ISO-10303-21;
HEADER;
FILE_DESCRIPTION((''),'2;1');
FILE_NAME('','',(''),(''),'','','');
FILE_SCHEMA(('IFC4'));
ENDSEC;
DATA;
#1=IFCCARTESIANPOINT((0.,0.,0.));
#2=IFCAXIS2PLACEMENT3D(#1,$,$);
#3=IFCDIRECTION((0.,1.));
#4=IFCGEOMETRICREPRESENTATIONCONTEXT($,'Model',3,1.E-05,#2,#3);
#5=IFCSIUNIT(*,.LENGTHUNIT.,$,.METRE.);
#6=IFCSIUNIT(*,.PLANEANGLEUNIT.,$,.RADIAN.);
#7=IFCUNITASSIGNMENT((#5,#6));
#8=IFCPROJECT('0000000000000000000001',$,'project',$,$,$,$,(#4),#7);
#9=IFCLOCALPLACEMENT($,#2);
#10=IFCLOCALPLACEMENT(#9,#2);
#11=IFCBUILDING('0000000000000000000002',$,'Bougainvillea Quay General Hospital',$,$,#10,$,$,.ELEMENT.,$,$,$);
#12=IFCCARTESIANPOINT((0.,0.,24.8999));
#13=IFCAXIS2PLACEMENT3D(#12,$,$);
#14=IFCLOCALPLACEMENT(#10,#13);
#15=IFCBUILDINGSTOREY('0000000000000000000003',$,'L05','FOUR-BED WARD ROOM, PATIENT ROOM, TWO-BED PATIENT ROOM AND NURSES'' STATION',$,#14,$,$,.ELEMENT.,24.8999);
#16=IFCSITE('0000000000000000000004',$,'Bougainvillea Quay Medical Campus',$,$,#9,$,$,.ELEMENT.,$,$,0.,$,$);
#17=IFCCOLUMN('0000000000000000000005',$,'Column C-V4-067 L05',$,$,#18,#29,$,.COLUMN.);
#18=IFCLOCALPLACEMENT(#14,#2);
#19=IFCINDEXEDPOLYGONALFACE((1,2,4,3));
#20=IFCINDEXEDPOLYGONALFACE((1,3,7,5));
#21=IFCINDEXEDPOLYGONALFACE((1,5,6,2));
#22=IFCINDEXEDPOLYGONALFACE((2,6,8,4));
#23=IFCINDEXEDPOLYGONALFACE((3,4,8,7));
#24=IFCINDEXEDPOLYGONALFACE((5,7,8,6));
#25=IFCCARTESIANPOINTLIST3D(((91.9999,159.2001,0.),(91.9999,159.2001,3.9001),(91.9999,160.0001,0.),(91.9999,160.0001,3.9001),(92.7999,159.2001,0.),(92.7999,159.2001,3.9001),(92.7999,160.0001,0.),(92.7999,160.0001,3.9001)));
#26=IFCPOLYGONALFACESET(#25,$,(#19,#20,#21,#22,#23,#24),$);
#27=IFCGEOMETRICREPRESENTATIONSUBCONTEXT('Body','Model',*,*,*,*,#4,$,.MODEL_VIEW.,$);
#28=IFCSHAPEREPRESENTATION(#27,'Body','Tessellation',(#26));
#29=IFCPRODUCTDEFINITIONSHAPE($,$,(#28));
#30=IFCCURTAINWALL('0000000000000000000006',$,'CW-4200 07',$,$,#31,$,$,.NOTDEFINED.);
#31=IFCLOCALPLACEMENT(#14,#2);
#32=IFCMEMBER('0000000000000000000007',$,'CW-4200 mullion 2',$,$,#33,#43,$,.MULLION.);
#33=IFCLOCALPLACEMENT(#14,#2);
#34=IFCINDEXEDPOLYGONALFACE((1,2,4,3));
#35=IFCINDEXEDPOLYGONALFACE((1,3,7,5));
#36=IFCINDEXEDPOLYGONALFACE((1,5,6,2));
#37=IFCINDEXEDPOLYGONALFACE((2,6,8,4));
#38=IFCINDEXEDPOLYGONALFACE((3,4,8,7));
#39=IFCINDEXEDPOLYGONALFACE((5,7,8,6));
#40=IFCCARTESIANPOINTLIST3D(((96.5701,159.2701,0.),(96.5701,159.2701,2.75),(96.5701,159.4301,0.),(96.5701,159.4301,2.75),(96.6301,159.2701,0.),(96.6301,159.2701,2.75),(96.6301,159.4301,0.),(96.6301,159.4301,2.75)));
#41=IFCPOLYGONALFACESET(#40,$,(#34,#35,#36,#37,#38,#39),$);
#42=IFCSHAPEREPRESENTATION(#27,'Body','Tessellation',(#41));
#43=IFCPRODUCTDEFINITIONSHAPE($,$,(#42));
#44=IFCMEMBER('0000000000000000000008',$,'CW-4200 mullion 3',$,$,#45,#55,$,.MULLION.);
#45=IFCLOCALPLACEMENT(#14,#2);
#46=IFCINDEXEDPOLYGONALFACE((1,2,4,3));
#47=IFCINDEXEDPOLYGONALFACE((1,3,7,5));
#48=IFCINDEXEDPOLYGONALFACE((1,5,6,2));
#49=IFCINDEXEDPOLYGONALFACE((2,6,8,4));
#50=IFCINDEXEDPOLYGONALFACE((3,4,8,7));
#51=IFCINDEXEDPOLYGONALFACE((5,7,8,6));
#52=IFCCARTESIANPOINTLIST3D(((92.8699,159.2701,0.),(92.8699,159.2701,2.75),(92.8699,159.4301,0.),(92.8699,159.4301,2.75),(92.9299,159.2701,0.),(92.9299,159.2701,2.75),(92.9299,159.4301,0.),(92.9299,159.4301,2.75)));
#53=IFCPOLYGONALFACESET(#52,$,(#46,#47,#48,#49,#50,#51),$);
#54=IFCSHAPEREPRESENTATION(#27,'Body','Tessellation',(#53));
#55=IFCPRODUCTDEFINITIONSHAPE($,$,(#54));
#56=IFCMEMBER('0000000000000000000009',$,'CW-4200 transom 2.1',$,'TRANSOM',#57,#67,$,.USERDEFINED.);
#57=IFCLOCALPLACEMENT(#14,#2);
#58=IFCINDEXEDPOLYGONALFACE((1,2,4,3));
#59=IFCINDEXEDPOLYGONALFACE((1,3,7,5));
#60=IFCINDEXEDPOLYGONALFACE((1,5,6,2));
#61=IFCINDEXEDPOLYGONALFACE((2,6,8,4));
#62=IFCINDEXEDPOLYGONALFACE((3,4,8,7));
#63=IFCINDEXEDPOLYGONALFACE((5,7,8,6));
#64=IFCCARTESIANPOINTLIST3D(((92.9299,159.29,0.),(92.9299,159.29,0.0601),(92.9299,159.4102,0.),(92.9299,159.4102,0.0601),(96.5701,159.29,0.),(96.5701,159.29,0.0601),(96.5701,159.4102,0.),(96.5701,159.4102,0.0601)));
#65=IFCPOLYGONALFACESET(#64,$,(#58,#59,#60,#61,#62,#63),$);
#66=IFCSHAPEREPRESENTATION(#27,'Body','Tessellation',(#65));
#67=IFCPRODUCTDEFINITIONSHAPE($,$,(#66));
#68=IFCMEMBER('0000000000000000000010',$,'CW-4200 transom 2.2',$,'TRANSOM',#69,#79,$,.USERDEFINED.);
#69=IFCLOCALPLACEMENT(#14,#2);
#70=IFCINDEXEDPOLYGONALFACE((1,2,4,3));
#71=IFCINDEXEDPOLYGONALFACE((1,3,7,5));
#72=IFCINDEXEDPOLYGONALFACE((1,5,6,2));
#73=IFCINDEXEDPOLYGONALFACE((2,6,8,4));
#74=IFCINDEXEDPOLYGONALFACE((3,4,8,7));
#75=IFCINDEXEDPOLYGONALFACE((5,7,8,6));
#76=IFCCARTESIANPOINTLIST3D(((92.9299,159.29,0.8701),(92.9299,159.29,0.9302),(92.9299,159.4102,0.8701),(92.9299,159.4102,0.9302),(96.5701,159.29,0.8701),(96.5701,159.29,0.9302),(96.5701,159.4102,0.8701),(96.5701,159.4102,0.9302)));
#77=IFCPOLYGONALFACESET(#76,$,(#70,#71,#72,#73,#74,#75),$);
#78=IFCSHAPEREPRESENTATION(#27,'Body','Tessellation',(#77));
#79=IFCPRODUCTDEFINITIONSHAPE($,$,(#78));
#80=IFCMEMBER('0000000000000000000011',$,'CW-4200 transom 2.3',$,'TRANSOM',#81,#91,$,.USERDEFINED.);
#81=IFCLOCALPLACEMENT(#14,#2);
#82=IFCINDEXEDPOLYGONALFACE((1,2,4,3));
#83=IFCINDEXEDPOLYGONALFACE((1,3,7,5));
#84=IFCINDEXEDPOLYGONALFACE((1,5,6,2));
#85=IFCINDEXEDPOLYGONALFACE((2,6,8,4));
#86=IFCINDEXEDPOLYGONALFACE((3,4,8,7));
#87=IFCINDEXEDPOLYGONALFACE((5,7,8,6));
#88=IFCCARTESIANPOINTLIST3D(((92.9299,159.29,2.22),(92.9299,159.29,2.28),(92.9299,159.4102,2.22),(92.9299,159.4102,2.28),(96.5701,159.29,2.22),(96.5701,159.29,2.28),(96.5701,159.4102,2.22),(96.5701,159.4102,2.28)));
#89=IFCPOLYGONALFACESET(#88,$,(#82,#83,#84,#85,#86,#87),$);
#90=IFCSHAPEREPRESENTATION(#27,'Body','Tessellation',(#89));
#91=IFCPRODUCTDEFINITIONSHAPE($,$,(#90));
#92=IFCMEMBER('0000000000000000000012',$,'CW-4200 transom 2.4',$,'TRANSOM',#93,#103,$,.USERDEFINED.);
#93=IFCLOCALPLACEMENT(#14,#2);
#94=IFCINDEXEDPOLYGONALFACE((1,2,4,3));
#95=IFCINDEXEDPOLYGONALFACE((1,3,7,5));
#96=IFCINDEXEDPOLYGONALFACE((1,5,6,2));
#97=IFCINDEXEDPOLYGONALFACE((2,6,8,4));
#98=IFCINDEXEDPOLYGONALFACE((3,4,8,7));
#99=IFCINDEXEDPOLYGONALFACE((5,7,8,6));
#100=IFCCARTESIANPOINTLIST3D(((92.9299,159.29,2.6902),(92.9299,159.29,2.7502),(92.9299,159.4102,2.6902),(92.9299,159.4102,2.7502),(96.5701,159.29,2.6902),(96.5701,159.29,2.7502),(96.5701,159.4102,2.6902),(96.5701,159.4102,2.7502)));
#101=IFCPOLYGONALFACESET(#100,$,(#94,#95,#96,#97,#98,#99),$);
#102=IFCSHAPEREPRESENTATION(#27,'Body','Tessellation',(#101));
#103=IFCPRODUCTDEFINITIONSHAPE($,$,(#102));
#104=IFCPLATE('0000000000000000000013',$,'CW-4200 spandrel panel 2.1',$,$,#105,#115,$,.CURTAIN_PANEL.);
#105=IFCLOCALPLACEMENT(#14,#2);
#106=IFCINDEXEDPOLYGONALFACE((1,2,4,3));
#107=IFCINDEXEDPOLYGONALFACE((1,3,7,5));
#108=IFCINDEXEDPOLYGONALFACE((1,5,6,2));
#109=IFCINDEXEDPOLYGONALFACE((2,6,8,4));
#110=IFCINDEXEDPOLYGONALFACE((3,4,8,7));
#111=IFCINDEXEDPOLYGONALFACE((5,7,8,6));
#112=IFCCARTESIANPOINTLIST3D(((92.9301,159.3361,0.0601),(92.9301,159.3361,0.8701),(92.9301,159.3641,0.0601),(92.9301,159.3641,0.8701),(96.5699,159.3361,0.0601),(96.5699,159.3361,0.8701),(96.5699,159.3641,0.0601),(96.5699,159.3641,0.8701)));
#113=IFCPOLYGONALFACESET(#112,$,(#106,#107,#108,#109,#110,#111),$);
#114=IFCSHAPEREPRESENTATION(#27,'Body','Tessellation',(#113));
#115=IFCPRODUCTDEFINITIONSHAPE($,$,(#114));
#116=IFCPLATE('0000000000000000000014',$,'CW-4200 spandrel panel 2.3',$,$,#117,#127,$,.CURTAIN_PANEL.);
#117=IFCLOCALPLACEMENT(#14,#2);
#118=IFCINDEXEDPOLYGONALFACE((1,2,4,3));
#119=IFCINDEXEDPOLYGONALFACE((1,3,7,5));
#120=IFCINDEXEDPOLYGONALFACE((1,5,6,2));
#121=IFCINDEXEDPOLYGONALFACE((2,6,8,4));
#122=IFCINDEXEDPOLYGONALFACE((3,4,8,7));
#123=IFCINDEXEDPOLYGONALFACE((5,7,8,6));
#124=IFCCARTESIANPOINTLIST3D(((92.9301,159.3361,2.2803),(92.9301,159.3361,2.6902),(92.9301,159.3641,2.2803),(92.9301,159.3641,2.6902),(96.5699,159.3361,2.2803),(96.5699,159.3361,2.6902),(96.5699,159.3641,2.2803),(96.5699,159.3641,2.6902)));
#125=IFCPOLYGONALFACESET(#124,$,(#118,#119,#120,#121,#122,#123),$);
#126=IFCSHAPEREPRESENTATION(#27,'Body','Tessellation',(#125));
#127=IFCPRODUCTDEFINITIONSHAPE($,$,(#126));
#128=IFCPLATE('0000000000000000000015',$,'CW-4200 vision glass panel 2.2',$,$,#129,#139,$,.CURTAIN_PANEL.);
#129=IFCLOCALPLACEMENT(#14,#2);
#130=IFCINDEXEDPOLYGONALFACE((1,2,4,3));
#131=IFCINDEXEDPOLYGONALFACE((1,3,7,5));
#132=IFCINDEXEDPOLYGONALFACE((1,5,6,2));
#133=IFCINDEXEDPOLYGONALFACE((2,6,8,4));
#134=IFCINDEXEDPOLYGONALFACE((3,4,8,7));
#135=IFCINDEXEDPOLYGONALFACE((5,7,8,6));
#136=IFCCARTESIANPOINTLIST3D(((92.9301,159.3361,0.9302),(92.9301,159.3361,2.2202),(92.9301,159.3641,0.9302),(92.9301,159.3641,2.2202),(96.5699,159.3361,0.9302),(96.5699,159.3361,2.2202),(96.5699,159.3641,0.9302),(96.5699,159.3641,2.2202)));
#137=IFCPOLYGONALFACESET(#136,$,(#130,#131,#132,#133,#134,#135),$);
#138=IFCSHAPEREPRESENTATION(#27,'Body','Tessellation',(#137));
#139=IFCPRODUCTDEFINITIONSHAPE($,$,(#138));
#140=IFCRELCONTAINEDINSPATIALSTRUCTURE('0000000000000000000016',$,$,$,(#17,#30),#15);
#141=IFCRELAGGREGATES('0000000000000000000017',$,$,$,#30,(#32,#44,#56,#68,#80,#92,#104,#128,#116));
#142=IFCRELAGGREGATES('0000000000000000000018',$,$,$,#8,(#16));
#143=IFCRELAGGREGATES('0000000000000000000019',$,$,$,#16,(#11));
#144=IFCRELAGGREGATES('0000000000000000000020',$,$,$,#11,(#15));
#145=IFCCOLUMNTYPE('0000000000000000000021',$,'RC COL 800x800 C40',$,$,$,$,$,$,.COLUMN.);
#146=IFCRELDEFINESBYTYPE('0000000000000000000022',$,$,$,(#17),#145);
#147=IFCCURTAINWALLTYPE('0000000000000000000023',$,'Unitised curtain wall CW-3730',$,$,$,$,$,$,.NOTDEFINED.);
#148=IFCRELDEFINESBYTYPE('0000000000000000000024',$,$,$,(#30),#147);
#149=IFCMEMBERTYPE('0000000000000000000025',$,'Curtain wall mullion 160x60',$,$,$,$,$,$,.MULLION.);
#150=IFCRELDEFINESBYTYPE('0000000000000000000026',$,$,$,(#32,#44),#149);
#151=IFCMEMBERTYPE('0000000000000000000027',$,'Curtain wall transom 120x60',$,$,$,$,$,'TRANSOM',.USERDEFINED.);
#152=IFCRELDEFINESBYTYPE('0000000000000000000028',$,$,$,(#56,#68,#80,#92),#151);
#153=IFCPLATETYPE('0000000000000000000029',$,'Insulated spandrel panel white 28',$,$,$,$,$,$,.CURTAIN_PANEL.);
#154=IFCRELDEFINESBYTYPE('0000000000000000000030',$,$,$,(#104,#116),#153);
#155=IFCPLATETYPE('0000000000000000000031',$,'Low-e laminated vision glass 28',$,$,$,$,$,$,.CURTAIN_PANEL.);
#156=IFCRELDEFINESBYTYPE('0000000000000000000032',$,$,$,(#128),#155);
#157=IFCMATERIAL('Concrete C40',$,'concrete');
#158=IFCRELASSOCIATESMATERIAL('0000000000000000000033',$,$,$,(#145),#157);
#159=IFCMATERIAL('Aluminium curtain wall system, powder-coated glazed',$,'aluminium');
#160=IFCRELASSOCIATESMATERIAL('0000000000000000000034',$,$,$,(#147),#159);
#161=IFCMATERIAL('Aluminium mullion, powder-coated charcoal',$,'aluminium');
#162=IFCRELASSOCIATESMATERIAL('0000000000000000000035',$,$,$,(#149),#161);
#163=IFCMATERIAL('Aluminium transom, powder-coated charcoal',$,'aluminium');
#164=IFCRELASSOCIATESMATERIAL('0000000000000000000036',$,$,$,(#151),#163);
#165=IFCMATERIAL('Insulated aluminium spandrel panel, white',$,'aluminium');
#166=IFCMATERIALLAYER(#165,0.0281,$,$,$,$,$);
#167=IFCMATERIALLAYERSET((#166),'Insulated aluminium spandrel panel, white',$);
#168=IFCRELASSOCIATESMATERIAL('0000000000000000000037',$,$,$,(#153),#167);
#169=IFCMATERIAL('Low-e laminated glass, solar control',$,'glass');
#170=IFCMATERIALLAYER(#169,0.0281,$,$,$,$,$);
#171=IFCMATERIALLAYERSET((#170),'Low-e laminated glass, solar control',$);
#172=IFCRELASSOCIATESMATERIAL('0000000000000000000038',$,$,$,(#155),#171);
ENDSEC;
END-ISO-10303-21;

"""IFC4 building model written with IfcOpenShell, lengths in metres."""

from ifc_helpers import new_model, si_unit, direction, frame, origin, origin_2d, place, context, subcontext, project, spatial, rectangle, extrude, material, layer, layer_set, material_profile, profile_set, type_object, element, aggregate, save


model = new_model("IFC4")

# Units and contexts
model_context = context("Model", 3, precision=1e-05, world=origin(), true_north=direction((0.0, 1.0)))
body_context = subcontext(model_context, "Body", "Model", "MODEL_VIEW")
ifc_project = project(units=[si_unit("LENGTHUNIT", "METRE"), si_unit("PLANEANGLEUNIT", "RADIAN")], contexts=[model_context])

# Site, building, storey
site_placement = place(None, origin())
site = spatial("IfcSite", under=ifc_project, at=site_placement, Name="Bougainvillea Quay Medical Campus", CompositionType="ELEMENT", RefElevation=0.0)
building_placement = place(site_placement, origin())
building = spatial("IfcBuilding", under=site, at=building_placement, Name="Bougainvillea Quay General Hospital", CompositionType="ELEMENT")
storey_placement = place(building_placement, frame((0.0, 0.0, 24.8999)))
storey = spatial("IfcBuildingStorey", under=building, at=storey_placement, Name="L05", Description="FOUR-BED WARD ROOM, PATIENT ROOM, TWO-BED PATIENT ROOM AND NURSES' STATION", CompositionType="ELEMENT", Elevation=24.8999)

# Column
ifc_material_1 = material(Name="Concrete C40", Category="concrete")
ifc_material_profile_1 = material_profile(ifc_material_1, rectangle(XDim=0.8, YDim=0.8, at=origin_2d()))
ifc_profile_set_1 = profile_set([ifc_material_profile_1], Name="Concrete C40")
column_type = type_object("IfcColumnType", Name="RC COL 800x800 C40", PredefinedType="COLUMN", material=ifc_profile_set_1)
column_placement = place(storey_placement, frame((92.3999, 159.6001, 0.0), z_axis=(0.0, 0.0, 1.0), x_axis=(1.0, 0.0, 0.0)))
element("IfcColumn", 1, at=column_placement, inside=storey, type_object=column_type, Name="Column C-V4-067 L05", PredefinedType="COLUMN", context=body_context, shape_type="SweptSolid", body=[
    extrude(rectangle(XDim=0.8, YDim=0.8, at=origin_2d()), origin(), (0.0, 0.0, 1.0), 3.9001),
])

# Curtain wall, members, plates
ifc_material_2 = material(Name="Aluminium curtain wall system, powder-coated glazed", Category="aluminium")
curtain_wall_type = type_object("IfcCurtainWallType", Name="Unitised curtain wall CW-3730", PredefinedType="NOTDEFINED", material=ifc_material_2)
curtain_wall_placement = place(storey_placement, origin())
curtain_wall = element("IfcCurtainWall", 2, at=curtain_wall_placement, inside=storey, type_object=curtain_wall_type, Name="CW-4200 07", PredefinedType="NOTDEFINED")
ifc_material_3 = material(Name="Aluminium mullion, powder-coated charcoal", Category="aluminium")
ifc_material_profile_2 = material_profile(ifc_material_3, rectangle(XDim=0.1599, YDim=0.0601, at=origin_2d()))
ifc_profile_set_2 = profile_set([ifc_material_profile_2], Name="Aluminium mullion, powder-coated charcoal")
member_type_1 = type_object("IfcMemberType", Name="Curtain wall mullion 160x60", PredefinedType="MULLION", material=ifc_profile_set_2)
member_1_placement = place(storey_placement, frame((96.6001, 159.3501, 0.0), z_axis=(0.0, 0.0, 1.0), x_axis=(0.0, -1.0, 0.0)))
member_1 = element("IfcMember", 3, at=member_1_placement, type_object=member_type_1, Name="CW-4200 mullion 2", PredefinedType="MULLION", context=body_context, shape_type="SweptSolid", body=[
    extrude(rectangle(XDim=0.1599, YDim=0.0601, at=origin_2d()), origin(), (0.0, 0.0, 1.0), 2.75),
])
member_2_placement = place(storey_placement, frame((92.8999, 159.3501, 0.0), z_axis=(0.0, 0.0, 1.0), x_axis=(0.0, -1.0, 0.0)))
member_2 = element("IfcMember", 4, at=member_2_placement, type_object=member_type_1, Name="CW-4200 mullion 3", PredefinedType="MULLION", context=body_context, shape_type="SweptSolid", body=[
    extrude(rectangle(XDim=0.1599, YDim=0.0601, at=origin_2d()), origin(), (0.0, 0.0, 1.0), 2.75),
])
ifc_material_4 = material(Name="Aluminium transom, powder-coated charcoal", Category="aluminium")
ifc_material_profile_3 = material_profile(ifc_material_4, rectangle(XDim=0.1201, YDim=0.0601, at=origin_2d()))
ifc_profile_set_3 = profile_set([ifc_material_profile_3], Name="Aluminium transom, powder-coated charcoal")
member_type_2 = type_object("IfcMemberType", Name="Curtain wall transom 120x60", ElementType="TRANSOM", PredefinedType="USERDEFINED", material=ifc_profile_set_3)
member_3_placement = place(storey_placement, frame((96.5701, 159.3501, 0.03), z_axis=(-1.0, 0.0, 0.0), x_axis=(0.0, -1.0, 0.0)))
member_3 = element("IfcMember", 5, at=member_3_placement, type_object=member_type_2, Name="CW-4200 transom 2.1", ObjectType="TRANSOM", PredefinedType="USERDEFINED", context=body_context, shape_type="SweptSolid", body=[
    extrude(rectangle(XDim=0.1201, YDim=0.0601, at=origin_2d()), origin(), (0.0, 0.0, 1.0), 3.6401),
])
member_4_placement = place(storey_placement, frame((96.5701, 159.3501, 0.9001), z_axis=(-1.0, 0.0, 0.0), x_axis=(0.0, -1.0, 0.0)))
member_4 = element("IfcMember", 6, at=member_4_placement, type_object=member_type_2, Name="CW-4200 transom 2.2", ObjectType="TRANSOM", PredefinedType="USERDEFINED", context=body_context, shape_type="SweptSolid", body=[
    extrude(rectangle(XDim=0.1201, YDim=0.0601, at=origin_2d()), origin(), (0.0, 0.0, 1.0), 3.6401),
])
member_5_placement = place(storey_placement, frame((96.5701, 159.3501, 2.25), z_axis=(-1.0, 0.0, 0.0), x_axis=(0.0, -1.0, 0.0)))
member_5 = element("IfcMember", 7, at=member_5_placement, type_object=member_type_2, Name="CW-4200 transom 2.3", ObjectType="TRANSOM", PredefinedType="USERDEFINED", context=body_context, shape_type="SweptSolid", body=[
    extrude(rectangle(XDim=0.1201, YDim=0.0601, at=origin_2d()), origin(), (0.0, 0.0, 1.0), 3.6401),
])
member_6_placement = place(storey_placement, frame((96.5701, 159.3501, 2.7202), z_axis=(-1.0, 0.0, 0.0), x_axis=(0.0, -1.0, 0.0)))
member_6 = element("IfcMember", 8, at=member_6_placement, type_object=member_type_2, Name="CW-4200 transom 2.4", ObjectType="TRANSOM", PredefinedType="USERDEFINED", context=body_context, shape_type="SweptSolid", body=[
    extrude(rectangle(XDim=0.1201, YDim=0.0601, at=origin_2d()), origin(), (0.0, 0.0, 1.0), 3.6401),
])
ifc_material_5 = material(Name="Insulated aluminium spandrel panel, white", Category="aluminium")
ifc_layer_1 = layer(ifc_material_5, 0.0281)
ifc_layer_set_1 = layer_set([ifc_layer_1], Name="Insulated aluminium spandrel panel, white")
plate_type_1 = type_object("IfcPlateType", Name="Insulated spandrel panel white 28", PredefinedType="CURTAIN_PANEL", material=ifc_layer_set_1)
plate_1_placement = place(storey_placement, frame((94.75, 159.3501, 0.0601), z_axis=(0.0, 0.0, 1.0), x_axis=(-1.0, 0.0, 0.0)))
plate_1 = element("IfcPlate", 9, at=plate_1_placement, type_object=plate_type_1, Name="CW-4200 spandrel panel 2.1", PredefinedType="CURTAIN_PANEL", context=body_context, shape_type="SweptSolid", body=[
    extrude(rectangle(XDim=3.6399, YDim=0.0281, at=origin_2d()), origin(), (0.0, 0.0, 1.0), 0.8101),
])
plate_2_placement = place(storey_placement, frame((94.75, 159.3501, 2.2803), z_axis=(0.0, 0.0, 1.0), x_axis=(-1.0, 0.0, 0.0)))
plate_2 = element("IfcPlate", 10, at=plate_2_placement, type_object=plate_type_1, Name="CW-4200 spandrel panel 2.3", PredefinedType="CURTAIN_PANEL", context=body_context, shape_type="SweptSolid", body=[
    extrude(rectangle(XDim=3.6399, YDim=0.0281, at=origin_2d()), origin(), (0.0, 0.0, 1.0), 0.4099),
])
ifc_material_6 = material(Name="Low-e laminated glass, solar control", Category="glass")
ifc_layer_2 = layer(ifc_material_6, 0.0281)
ifc_layer_set_2 = layer_set([ifc_layer_2], Name="Low-e laminated glass, solar control")
plate_type_2 = type_object("IfcPlateType", Name="Low-e laminated vision glass 28", PredefinedType="CURTAIN_PANEL", material=ifc_layer_set_2)
plate_3_placement = place(storey_placement, frame((94.75, 159.3501, 0.9302), z_axis=(0.0, 0.0, 1.0), x_axis=(-1.0, 0.0, 0.0)))
plate_3 = element("IfcPlate", 11, at=plate_3_placement, type_object=plate_type_2, Name="CW-4200 vision glass panel 2.2", PredefinedType="CURTAIN_PANEL", context=body_context, shape_type="SweptSolid", body=[
    extrude(rectangle(XDim=3.6399, YDim=0.0281, at=origin_2d()), origin(), (0.0, 0.0, 1.0), 1.29),
])
aggregate(curtain_wall, [member_1, member_2, member_3, member_4, member_5, member_6, plate_1, plate_3, plate_2])

save(model, "model.ifc")
